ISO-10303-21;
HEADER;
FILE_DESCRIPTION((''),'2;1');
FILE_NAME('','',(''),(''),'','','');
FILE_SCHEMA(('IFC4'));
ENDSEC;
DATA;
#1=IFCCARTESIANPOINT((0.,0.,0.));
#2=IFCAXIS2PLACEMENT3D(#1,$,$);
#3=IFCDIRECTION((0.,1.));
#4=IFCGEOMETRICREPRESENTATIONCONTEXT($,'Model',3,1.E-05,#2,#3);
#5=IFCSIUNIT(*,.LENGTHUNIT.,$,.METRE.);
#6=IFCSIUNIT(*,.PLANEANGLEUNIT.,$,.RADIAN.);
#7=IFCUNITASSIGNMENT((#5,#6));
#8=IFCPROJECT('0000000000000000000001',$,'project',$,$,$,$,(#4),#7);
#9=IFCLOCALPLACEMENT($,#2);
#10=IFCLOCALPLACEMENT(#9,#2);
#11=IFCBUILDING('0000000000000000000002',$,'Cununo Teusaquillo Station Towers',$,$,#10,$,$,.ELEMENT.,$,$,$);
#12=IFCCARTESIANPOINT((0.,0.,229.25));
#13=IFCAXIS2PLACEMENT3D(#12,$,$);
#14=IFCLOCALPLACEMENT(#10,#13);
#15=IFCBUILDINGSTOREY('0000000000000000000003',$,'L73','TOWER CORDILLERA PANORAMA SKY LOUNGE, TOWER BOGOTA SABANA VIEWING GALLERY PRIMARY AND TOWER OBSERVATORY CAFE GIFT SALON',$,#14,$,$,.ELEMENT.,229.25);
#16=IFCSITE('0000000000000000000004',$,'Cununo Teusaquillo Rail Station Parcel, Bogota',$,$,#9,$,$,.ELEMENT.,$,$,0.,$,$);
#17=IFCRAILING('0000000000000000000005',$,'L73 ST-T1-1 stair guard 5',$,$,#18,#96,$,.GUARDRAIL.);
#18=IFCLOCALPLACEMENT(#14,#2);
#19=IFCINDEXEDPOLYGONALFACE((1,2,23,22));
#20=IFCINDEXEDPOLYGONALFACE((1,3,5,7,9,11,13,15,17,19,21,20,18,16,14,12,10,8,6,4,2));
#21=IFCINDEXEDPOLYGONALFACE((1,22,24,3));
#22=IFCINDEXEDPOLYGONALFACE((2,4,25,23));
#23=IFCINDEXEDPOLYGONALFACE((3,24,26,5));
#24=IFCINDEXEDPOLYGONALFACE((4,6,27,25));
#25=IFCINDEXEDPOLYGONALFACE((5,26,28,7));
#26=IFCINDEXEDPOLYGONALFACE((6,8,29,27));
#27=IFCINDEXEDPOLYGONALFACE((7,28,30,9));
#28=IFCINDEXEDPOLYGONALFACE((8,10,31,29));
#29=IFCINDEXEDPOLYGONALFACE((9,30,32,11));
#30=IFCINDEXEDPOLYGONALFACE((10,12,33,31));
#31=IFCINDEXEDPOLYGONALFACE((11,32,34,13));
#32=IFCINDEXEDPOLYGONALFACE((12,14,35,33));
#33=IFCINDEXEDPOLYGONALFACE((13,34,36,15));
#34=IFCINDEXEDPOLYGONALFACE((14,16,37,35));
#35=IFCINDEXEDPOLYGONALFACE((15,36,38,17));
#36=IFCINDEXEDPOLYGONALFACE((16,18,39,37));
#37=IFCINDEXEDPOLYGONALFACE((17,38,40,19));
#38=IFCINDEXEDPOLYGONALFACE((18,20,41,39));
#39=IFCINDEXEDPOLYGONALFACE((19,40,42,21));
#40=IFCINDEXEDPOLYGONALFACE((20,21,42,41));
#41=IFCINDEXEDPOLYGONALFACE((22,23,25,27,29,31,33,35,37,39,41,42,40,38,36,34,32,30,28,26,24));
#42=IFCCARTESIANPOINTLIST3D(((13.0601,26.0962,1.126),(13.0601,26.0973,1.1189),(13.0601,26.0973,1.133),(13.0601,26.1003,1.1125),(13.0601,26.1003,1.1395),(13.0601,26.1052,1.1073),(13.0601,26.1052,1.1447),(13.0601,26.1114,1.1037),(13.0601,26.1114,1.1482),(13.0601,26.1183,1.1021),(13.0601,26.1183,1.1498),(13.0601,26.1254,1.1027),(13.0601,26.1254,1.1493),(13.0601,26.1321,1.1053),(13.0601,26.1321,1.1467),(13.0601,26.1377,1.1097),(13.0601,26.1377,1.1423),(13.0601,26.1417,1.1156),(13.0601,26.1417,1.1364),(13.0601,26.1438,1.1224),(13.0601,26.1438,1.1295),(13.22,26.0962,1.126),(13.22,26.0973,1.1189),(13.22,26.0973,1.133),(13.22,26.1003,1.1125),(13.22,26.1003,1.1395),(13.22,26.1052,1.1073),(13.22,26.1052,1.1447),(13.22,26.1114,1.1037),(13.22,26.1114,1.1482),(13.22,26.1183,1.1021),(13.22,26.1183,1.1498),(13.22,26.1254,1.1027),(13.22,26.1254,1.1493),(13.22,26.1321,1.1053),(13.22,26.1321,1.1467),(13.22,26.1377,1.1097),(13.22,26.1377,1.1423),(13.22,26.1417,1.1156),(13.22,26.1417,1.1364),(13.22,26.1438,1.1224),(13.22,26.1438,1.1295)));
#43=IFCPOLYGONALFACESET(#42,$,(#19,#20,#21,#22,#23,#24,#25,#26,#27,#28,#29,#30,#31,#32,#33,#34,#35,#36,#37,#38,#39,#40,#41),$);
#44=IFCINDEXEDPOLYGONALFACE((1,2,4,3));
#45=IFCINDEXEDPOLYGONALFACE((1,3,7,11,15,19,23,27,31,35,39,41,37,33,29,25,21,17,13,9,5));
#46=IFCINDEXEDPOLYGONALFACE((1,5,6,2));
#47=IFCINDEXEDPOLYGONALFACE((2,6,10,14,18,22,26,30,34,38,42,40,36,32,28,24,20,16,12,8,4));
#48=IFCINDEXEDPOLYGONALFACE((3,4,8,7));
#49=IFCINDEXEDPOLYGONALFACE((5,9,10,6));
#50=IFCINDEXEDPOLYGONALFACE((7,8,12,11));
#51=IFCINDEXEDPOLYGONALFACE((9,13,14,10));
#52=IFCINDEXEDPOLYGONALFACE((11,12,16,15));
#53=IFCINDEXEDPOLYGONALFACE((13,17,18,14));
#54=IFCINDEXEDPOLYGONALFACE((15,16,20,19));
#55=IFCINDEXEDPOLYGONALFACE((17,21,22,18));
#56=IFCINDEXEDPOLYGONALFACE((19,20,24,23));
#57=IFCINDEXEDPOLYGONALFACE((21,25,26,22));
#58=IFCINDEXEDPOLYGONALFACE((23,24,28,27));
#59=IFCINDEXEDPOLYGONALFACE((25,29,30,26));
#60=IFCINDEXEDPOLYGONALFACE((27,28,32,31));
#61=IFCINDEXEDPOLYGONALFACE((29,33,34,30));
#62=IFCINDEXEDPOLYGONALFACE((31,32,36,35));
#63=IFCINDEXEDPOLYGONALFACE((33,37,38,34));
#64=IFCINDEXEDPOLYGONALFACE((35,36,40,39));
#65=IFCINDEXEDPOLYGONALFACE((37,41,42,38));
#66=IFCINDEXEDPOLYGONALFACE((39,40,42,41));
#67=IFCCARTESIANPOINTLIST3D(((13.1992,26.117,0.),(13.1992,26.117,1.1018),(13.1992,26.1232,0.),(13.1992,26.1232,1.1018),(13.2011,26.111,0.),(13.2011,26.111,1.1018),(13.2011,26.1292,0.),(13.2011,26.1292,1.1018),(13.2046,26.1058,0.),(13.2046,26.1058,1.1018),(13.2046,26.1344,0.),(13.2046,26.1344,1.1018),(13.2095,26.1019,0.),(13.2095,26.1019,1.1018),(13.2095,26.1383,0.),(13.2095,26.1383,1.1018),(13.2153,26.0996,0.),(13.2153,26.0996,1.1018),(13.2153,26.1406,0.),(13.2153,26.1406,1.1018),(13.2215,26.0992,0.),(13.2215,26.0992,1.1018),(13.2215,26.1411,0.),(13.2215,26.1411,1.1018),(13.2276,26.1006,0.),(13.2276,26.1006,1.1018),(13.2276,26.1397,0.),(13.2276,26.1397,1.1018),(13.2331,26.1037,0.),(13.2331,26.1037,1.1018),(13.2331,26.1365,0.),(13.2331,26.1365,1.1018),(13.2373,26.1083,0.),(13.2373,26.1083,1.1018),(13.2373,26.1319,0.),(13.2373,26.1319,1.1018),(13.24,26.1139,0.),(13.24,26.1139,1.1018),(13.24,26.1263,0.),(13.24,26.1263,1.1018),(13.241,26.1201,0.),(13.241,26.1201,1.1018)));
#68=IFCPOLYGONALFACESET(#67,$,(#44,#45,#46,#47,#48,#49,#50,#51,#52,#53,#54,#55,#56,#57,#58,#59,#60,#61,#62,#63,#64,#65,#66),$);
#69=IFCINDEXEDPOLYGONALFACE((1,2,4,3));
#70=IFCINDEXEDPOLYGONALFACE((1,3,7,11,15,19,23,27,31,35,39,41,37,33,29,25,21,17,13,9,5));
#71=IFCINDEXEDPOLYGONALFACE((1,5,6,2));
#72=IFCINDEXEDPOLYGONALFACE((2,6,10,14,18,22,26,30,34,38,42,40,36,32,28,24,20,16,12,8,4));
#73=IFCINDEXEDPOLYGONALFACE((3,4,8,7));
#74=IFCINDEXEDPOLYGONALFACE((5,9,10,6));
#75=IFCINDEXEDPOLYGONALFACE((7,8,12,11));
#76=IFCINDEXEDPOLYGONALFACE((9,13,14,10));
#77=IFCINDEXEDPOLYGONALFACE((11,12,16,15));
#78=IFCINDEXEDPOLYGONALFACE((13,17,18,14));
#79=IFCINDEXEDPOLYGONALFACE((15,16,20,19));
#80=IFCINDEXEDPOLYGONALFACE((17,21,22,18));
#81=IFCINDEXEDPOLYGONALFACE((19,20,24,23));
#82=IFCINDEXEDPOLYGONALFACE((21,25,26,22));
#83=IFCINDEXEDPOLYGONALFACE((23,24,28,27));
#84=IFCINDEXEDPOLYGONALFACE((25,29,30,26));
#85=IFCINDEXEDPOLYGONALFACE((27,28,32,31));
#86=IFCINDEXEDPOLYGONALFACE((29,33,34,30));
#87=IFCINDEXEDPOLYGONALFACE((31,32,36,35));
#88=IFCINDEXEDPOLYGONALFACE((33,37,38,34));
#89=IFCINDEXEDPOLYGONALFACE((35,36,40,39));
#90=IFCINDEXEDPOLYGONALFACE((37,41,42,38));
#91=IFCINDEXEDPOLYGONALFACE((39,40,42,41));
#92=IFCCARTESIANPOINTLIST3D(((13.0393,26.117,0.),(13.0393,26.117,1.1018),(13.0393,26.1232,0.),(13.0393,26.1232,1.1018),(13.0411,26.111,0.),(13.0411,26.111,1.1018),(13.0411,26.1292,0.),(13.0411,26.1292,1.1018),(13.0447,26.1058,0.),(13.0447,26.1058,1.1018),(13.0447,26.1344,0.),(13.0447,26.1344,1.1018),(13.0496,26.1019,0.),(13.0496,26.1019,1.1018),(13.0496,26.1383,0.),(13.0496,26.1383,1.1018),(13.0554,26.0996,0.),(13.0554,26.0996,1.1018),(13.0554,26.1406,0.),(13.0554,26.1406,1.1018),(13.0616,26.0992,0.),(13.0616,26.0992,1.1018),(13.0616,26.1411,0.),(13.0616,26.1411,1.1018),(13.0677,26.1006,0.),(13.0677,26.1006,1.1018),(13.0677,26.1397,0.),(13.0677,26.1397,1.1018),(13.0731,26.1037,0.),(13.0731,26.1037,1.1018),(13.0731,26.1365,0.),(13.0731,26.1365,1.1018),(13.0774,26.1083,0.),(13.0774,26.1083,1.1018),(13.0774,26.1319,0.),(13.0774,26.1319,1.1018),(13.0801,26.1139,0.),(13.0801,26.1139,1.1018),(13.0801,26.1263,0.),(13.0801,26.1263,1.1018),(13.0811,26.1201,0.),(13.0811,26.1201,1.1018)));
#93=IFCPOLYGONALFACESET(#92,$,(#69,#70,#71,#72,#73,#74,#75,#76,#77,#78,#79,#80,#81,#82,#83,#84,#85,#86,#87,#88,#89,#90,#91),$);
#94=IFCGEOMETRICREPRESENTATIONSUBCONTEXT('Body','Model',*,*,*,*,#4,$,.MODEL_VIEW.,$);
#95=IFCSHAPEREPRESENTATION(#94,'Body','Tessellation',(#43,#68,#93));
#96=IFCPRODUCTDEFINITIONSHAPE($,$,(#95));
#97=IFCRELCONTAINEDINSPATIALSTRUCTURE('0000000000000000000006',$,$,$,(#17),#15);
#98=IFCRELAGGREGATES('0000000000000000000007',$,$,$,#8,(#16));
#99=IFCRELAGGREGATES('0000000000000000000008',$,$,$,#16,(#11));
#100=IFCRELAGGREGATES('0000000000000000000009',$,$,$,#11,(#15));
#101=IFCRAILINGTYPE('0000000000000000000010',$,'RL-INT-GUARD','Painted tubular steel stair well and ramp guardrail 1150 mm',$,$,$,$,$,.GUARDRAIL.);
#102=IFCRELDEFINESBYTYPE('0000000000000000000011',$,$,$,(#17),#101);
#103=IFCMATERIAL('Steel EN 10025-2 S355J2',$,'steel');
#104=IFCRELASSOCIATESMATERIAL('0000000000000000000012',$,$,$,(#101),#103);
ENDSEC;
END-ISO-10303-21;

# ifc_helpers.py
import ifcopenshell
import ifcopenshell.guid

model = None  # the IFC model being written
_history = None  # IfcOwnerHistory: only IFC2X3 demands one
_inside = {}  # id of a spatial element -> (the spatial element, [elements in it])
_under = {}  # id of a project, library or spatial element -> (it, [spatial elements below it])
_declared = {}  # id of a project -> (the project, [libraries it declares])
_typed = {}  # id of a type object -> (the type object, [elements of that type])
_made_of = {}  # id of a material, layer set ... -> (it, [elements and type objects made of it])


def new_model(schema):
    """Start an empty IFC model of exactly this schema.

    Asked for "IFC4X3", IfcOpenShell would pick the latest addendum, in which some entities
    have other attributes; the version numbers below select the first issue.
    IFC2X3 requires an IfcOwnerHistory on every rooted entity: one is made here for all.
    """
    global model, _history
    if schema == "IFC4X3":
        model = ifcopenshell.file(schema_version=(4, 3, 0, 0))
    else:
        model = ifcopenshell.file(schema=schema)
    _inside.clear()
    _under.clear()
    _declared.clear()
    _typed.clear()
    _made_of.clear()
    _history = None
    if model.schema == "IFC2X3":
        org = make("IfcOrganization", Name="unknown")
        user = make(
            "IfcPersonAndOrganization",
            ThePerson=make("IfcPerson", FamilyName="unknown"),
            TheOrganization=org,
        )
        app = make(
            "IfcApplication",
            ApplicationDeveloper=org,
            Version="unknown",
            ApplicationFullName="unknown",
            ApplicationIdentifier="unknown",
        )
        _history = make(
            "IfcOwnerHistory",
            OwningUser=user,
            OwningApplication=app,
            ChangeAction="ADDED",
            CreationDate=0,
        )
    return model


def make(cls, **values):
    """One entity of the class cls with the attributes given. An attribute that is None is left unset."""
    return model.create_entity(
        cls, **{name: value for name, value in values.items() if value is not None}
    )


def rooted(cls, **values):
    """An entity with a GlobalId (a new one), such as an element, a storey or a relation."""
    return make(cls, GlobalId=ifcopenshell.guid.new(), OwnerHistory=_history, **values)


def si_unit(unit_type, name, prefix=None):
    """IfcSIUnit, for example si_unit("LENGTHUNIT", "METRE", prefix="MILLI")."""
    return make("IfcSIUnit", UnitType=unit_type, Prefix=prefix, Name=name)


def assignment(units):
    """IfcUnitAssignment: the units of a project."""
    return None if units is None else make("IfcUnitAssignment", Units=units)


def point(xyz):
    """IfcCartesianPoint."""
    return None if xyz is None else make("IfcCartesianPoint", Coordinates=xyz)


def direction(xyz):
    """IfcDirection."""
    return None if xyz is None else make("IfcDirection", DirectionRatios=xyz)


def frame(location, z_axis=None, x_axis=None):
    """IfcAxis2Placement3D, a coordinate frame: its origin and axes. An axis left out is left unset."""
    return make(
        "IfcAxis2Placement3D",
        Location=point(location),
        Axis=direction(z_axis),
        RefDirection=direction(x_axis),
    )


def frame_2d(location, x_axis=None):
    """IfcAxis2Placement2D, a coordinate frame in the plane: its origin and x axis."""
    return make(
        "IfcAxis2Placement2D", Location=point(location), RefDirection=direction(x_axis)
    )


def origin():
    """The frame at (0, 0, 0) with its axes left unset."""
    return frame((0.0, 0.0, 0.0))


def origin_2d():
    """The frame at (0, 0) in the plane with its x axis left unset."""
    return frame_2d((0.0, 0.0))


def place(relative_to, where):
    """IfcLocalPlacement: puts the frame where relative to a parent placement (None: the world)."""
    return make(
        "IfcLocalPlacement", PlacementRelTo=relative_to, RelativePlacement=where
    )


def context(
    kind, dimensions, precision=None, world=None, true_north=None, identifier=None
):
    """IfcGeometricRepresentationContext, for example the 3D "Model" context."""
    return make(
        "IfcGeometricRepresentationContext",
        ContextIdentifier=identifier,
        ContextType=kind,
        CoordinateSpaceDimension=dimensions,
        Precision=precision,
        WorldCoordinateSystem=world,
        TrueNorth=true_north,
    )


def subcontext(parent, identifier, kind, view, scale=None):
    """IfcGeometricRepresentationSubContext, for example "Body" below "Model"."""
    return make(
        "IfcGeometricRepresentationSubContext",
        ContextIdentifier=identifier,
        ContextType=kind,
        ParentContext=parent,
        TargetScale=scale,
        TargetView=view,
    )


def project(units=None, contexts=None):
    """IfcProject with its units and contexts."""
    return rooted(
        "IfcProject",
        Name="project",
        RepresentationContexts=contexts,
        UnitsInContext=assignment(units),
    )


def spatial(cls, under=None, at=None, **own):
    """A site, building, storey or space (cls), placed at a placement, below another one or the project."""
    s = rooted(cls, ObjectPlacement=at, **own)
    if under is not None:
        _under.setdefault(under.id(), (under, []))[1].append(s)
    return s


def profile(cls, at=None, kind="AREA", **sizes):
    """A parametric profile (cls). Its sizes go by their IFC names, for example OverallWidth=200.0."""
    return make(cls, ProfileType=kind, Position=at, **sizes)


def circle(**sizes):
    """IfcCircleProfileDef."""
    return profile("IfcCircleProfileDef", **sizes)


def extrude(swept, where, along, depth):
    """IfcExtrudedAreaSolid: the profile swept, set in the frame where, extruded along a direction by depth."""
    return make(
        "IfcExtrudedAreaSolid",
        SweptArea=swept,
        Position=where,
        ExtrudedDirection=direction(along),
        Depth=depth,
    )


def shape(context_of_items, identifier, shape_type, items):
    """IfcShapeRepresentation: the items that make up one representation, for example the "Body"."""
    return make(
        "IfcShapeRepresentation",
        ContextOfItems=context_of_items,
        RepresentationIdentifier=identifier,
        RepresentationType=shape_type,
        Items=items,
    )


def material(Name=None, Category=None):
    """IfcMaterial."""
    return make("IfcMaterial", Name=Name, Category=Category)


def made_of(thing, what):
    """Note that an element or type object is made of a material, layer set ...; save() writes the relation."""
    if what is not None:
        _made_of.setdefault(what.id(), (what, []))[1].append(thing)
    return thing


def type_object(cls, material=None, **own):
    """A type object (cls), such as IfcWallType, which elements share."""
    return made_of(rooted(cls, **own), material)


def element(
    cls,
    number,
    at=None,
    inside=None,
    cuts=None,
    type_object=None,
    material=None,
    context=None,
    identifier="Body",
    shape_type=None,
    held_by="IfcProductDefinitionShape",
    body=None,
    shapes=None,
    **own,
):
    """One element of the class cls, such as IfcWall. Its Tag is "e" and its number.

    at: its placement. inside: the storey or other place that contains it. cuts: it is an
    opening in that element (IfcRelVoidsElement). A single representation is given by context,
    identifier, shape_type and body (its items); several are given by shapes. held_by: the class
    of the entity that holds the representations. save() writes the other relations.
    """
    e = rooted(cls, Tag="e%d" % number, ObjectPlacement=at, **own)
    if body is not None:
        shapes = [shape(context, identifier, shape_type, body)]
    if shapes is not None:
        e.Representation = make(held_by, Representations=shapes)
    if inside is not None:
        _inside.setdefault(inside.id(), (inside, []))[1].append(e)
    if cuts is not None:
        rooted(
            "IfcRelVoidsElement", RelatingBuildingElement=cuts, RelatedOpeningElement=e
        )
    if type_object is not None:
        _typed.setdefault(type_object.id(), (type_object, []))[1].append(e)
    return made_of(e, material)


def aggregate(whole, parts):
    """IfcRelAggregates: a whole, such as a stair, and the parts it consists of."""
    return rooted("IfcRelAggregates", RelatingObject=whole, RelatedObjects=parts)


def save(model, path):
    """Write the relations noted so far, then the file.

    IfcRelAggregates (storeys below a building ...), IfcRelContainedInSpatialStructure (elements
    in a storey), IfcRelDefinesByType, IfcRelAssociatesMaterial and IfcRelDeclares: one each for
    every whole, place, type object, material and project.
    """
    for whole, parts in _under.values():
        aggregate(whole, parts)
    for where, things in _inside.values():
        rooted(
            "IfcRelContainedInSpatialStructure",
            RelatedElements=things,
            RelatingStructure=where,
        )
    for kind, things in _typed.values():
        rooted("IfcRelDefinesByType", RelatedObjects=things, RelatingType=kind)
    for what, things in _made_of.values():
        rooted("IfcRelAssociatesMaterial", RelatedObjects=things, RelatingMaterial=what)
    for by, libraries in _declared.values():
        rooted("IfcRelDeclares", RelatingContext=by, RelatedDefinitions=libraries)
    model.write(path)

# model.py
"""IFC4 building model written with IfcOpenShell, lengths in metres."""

from ifc_helpers import new_model, si_unit, direction, frame, origin, origin_2d, place, context, subcontext, project, spatial, circle, extrude, material, type_object, element, save


model = new_model("IFC4")

# Units and contexts
model_context = context("Model", 3, precision=1e-05, world=origin(), true_north=direction((0.0, 1.0)))
body_context = subcontext(model_context, "Body", "Model", "MODEL_VIEW")
ifc_project = project(units=[si_unit("LENGTHUNIT", "METRE"), si_unit("PLANEANGLEUNIT", "RADIAN")], contexts=[model_context])

# Site, building, storey
site_placement = place(None, origin())
site = spatial("IfcSite", under=ifc_project, at=site_placement, Name="Cununo Teusaquillo Rail Station Parcel, Bogota", CompositionType="ELEMENT", RefElevation=0.0)
building_placement = place(site_placement, origin())
building = spatial("IfcBuilding", under=site, at=building_placement, Name="Cununo Teusaquillo Station Towers", CompositionType="ELEMENT")
storey_placement = place(building_placement, frame((0.0, 0.0, 229.25)))
storey = spatial("IfcBuildingStorey", under=building, at=storey_placement, Name="L73", Description="TOWER CORDILLERA PANORAMA SKY LOUNGE, TOWER BOGOTA SABANA VIEWING GALLERY PRIMARY AND TOWER OBSERVATORY CAFE GIFT SALON", CompositionType="ELEMENT", Elevation=229.25)

# Railing
ifc_material_1 = material(Name="Steel EN 10025-2 S355J2", Category="steel")
railing_type_1 = type_object("IfcRailingType", Name="RL-INT-GUARD", Description="Painted tubular steel stair well and ramp guardrail 1150 mm", PredefinedType="GUARDRAIL", material=ifc_material_1)
railing_1_placement = place(storey_placement, frame((13.22, 26.1201, 0.0)))
element("IfcRailing", 1, at=railing_1_placement, inside=storey, type_object=railing_type_1, Name="L73 ST-T1-1 stair guard 5", PredefinedType="GUARDRAIL", context=body_context, shape_type="SweptSolid", body=[
    extrude(circle(Radius=0.0239, at=origin_2d()), frame((0.0, 0.0, 1.126), z_axis=(-1.0, 0.0, 0.0), x_axis=(0.0, -1.0, 0.0)), (0.0, 0.0, 1.0), 0.1599),
    extrude(circle(Radius=0.021, at=origin_2d()), origin(), (0.0, 0.0, 1.0), 1.1018),
    extrude(circle(Radius=0.021, at=origin_2d()), frame((-0.1599, 0.0, 0.0)), (0.0, 0.0, 1.0), 1.1018),
])

save(model, "model.ifc")
